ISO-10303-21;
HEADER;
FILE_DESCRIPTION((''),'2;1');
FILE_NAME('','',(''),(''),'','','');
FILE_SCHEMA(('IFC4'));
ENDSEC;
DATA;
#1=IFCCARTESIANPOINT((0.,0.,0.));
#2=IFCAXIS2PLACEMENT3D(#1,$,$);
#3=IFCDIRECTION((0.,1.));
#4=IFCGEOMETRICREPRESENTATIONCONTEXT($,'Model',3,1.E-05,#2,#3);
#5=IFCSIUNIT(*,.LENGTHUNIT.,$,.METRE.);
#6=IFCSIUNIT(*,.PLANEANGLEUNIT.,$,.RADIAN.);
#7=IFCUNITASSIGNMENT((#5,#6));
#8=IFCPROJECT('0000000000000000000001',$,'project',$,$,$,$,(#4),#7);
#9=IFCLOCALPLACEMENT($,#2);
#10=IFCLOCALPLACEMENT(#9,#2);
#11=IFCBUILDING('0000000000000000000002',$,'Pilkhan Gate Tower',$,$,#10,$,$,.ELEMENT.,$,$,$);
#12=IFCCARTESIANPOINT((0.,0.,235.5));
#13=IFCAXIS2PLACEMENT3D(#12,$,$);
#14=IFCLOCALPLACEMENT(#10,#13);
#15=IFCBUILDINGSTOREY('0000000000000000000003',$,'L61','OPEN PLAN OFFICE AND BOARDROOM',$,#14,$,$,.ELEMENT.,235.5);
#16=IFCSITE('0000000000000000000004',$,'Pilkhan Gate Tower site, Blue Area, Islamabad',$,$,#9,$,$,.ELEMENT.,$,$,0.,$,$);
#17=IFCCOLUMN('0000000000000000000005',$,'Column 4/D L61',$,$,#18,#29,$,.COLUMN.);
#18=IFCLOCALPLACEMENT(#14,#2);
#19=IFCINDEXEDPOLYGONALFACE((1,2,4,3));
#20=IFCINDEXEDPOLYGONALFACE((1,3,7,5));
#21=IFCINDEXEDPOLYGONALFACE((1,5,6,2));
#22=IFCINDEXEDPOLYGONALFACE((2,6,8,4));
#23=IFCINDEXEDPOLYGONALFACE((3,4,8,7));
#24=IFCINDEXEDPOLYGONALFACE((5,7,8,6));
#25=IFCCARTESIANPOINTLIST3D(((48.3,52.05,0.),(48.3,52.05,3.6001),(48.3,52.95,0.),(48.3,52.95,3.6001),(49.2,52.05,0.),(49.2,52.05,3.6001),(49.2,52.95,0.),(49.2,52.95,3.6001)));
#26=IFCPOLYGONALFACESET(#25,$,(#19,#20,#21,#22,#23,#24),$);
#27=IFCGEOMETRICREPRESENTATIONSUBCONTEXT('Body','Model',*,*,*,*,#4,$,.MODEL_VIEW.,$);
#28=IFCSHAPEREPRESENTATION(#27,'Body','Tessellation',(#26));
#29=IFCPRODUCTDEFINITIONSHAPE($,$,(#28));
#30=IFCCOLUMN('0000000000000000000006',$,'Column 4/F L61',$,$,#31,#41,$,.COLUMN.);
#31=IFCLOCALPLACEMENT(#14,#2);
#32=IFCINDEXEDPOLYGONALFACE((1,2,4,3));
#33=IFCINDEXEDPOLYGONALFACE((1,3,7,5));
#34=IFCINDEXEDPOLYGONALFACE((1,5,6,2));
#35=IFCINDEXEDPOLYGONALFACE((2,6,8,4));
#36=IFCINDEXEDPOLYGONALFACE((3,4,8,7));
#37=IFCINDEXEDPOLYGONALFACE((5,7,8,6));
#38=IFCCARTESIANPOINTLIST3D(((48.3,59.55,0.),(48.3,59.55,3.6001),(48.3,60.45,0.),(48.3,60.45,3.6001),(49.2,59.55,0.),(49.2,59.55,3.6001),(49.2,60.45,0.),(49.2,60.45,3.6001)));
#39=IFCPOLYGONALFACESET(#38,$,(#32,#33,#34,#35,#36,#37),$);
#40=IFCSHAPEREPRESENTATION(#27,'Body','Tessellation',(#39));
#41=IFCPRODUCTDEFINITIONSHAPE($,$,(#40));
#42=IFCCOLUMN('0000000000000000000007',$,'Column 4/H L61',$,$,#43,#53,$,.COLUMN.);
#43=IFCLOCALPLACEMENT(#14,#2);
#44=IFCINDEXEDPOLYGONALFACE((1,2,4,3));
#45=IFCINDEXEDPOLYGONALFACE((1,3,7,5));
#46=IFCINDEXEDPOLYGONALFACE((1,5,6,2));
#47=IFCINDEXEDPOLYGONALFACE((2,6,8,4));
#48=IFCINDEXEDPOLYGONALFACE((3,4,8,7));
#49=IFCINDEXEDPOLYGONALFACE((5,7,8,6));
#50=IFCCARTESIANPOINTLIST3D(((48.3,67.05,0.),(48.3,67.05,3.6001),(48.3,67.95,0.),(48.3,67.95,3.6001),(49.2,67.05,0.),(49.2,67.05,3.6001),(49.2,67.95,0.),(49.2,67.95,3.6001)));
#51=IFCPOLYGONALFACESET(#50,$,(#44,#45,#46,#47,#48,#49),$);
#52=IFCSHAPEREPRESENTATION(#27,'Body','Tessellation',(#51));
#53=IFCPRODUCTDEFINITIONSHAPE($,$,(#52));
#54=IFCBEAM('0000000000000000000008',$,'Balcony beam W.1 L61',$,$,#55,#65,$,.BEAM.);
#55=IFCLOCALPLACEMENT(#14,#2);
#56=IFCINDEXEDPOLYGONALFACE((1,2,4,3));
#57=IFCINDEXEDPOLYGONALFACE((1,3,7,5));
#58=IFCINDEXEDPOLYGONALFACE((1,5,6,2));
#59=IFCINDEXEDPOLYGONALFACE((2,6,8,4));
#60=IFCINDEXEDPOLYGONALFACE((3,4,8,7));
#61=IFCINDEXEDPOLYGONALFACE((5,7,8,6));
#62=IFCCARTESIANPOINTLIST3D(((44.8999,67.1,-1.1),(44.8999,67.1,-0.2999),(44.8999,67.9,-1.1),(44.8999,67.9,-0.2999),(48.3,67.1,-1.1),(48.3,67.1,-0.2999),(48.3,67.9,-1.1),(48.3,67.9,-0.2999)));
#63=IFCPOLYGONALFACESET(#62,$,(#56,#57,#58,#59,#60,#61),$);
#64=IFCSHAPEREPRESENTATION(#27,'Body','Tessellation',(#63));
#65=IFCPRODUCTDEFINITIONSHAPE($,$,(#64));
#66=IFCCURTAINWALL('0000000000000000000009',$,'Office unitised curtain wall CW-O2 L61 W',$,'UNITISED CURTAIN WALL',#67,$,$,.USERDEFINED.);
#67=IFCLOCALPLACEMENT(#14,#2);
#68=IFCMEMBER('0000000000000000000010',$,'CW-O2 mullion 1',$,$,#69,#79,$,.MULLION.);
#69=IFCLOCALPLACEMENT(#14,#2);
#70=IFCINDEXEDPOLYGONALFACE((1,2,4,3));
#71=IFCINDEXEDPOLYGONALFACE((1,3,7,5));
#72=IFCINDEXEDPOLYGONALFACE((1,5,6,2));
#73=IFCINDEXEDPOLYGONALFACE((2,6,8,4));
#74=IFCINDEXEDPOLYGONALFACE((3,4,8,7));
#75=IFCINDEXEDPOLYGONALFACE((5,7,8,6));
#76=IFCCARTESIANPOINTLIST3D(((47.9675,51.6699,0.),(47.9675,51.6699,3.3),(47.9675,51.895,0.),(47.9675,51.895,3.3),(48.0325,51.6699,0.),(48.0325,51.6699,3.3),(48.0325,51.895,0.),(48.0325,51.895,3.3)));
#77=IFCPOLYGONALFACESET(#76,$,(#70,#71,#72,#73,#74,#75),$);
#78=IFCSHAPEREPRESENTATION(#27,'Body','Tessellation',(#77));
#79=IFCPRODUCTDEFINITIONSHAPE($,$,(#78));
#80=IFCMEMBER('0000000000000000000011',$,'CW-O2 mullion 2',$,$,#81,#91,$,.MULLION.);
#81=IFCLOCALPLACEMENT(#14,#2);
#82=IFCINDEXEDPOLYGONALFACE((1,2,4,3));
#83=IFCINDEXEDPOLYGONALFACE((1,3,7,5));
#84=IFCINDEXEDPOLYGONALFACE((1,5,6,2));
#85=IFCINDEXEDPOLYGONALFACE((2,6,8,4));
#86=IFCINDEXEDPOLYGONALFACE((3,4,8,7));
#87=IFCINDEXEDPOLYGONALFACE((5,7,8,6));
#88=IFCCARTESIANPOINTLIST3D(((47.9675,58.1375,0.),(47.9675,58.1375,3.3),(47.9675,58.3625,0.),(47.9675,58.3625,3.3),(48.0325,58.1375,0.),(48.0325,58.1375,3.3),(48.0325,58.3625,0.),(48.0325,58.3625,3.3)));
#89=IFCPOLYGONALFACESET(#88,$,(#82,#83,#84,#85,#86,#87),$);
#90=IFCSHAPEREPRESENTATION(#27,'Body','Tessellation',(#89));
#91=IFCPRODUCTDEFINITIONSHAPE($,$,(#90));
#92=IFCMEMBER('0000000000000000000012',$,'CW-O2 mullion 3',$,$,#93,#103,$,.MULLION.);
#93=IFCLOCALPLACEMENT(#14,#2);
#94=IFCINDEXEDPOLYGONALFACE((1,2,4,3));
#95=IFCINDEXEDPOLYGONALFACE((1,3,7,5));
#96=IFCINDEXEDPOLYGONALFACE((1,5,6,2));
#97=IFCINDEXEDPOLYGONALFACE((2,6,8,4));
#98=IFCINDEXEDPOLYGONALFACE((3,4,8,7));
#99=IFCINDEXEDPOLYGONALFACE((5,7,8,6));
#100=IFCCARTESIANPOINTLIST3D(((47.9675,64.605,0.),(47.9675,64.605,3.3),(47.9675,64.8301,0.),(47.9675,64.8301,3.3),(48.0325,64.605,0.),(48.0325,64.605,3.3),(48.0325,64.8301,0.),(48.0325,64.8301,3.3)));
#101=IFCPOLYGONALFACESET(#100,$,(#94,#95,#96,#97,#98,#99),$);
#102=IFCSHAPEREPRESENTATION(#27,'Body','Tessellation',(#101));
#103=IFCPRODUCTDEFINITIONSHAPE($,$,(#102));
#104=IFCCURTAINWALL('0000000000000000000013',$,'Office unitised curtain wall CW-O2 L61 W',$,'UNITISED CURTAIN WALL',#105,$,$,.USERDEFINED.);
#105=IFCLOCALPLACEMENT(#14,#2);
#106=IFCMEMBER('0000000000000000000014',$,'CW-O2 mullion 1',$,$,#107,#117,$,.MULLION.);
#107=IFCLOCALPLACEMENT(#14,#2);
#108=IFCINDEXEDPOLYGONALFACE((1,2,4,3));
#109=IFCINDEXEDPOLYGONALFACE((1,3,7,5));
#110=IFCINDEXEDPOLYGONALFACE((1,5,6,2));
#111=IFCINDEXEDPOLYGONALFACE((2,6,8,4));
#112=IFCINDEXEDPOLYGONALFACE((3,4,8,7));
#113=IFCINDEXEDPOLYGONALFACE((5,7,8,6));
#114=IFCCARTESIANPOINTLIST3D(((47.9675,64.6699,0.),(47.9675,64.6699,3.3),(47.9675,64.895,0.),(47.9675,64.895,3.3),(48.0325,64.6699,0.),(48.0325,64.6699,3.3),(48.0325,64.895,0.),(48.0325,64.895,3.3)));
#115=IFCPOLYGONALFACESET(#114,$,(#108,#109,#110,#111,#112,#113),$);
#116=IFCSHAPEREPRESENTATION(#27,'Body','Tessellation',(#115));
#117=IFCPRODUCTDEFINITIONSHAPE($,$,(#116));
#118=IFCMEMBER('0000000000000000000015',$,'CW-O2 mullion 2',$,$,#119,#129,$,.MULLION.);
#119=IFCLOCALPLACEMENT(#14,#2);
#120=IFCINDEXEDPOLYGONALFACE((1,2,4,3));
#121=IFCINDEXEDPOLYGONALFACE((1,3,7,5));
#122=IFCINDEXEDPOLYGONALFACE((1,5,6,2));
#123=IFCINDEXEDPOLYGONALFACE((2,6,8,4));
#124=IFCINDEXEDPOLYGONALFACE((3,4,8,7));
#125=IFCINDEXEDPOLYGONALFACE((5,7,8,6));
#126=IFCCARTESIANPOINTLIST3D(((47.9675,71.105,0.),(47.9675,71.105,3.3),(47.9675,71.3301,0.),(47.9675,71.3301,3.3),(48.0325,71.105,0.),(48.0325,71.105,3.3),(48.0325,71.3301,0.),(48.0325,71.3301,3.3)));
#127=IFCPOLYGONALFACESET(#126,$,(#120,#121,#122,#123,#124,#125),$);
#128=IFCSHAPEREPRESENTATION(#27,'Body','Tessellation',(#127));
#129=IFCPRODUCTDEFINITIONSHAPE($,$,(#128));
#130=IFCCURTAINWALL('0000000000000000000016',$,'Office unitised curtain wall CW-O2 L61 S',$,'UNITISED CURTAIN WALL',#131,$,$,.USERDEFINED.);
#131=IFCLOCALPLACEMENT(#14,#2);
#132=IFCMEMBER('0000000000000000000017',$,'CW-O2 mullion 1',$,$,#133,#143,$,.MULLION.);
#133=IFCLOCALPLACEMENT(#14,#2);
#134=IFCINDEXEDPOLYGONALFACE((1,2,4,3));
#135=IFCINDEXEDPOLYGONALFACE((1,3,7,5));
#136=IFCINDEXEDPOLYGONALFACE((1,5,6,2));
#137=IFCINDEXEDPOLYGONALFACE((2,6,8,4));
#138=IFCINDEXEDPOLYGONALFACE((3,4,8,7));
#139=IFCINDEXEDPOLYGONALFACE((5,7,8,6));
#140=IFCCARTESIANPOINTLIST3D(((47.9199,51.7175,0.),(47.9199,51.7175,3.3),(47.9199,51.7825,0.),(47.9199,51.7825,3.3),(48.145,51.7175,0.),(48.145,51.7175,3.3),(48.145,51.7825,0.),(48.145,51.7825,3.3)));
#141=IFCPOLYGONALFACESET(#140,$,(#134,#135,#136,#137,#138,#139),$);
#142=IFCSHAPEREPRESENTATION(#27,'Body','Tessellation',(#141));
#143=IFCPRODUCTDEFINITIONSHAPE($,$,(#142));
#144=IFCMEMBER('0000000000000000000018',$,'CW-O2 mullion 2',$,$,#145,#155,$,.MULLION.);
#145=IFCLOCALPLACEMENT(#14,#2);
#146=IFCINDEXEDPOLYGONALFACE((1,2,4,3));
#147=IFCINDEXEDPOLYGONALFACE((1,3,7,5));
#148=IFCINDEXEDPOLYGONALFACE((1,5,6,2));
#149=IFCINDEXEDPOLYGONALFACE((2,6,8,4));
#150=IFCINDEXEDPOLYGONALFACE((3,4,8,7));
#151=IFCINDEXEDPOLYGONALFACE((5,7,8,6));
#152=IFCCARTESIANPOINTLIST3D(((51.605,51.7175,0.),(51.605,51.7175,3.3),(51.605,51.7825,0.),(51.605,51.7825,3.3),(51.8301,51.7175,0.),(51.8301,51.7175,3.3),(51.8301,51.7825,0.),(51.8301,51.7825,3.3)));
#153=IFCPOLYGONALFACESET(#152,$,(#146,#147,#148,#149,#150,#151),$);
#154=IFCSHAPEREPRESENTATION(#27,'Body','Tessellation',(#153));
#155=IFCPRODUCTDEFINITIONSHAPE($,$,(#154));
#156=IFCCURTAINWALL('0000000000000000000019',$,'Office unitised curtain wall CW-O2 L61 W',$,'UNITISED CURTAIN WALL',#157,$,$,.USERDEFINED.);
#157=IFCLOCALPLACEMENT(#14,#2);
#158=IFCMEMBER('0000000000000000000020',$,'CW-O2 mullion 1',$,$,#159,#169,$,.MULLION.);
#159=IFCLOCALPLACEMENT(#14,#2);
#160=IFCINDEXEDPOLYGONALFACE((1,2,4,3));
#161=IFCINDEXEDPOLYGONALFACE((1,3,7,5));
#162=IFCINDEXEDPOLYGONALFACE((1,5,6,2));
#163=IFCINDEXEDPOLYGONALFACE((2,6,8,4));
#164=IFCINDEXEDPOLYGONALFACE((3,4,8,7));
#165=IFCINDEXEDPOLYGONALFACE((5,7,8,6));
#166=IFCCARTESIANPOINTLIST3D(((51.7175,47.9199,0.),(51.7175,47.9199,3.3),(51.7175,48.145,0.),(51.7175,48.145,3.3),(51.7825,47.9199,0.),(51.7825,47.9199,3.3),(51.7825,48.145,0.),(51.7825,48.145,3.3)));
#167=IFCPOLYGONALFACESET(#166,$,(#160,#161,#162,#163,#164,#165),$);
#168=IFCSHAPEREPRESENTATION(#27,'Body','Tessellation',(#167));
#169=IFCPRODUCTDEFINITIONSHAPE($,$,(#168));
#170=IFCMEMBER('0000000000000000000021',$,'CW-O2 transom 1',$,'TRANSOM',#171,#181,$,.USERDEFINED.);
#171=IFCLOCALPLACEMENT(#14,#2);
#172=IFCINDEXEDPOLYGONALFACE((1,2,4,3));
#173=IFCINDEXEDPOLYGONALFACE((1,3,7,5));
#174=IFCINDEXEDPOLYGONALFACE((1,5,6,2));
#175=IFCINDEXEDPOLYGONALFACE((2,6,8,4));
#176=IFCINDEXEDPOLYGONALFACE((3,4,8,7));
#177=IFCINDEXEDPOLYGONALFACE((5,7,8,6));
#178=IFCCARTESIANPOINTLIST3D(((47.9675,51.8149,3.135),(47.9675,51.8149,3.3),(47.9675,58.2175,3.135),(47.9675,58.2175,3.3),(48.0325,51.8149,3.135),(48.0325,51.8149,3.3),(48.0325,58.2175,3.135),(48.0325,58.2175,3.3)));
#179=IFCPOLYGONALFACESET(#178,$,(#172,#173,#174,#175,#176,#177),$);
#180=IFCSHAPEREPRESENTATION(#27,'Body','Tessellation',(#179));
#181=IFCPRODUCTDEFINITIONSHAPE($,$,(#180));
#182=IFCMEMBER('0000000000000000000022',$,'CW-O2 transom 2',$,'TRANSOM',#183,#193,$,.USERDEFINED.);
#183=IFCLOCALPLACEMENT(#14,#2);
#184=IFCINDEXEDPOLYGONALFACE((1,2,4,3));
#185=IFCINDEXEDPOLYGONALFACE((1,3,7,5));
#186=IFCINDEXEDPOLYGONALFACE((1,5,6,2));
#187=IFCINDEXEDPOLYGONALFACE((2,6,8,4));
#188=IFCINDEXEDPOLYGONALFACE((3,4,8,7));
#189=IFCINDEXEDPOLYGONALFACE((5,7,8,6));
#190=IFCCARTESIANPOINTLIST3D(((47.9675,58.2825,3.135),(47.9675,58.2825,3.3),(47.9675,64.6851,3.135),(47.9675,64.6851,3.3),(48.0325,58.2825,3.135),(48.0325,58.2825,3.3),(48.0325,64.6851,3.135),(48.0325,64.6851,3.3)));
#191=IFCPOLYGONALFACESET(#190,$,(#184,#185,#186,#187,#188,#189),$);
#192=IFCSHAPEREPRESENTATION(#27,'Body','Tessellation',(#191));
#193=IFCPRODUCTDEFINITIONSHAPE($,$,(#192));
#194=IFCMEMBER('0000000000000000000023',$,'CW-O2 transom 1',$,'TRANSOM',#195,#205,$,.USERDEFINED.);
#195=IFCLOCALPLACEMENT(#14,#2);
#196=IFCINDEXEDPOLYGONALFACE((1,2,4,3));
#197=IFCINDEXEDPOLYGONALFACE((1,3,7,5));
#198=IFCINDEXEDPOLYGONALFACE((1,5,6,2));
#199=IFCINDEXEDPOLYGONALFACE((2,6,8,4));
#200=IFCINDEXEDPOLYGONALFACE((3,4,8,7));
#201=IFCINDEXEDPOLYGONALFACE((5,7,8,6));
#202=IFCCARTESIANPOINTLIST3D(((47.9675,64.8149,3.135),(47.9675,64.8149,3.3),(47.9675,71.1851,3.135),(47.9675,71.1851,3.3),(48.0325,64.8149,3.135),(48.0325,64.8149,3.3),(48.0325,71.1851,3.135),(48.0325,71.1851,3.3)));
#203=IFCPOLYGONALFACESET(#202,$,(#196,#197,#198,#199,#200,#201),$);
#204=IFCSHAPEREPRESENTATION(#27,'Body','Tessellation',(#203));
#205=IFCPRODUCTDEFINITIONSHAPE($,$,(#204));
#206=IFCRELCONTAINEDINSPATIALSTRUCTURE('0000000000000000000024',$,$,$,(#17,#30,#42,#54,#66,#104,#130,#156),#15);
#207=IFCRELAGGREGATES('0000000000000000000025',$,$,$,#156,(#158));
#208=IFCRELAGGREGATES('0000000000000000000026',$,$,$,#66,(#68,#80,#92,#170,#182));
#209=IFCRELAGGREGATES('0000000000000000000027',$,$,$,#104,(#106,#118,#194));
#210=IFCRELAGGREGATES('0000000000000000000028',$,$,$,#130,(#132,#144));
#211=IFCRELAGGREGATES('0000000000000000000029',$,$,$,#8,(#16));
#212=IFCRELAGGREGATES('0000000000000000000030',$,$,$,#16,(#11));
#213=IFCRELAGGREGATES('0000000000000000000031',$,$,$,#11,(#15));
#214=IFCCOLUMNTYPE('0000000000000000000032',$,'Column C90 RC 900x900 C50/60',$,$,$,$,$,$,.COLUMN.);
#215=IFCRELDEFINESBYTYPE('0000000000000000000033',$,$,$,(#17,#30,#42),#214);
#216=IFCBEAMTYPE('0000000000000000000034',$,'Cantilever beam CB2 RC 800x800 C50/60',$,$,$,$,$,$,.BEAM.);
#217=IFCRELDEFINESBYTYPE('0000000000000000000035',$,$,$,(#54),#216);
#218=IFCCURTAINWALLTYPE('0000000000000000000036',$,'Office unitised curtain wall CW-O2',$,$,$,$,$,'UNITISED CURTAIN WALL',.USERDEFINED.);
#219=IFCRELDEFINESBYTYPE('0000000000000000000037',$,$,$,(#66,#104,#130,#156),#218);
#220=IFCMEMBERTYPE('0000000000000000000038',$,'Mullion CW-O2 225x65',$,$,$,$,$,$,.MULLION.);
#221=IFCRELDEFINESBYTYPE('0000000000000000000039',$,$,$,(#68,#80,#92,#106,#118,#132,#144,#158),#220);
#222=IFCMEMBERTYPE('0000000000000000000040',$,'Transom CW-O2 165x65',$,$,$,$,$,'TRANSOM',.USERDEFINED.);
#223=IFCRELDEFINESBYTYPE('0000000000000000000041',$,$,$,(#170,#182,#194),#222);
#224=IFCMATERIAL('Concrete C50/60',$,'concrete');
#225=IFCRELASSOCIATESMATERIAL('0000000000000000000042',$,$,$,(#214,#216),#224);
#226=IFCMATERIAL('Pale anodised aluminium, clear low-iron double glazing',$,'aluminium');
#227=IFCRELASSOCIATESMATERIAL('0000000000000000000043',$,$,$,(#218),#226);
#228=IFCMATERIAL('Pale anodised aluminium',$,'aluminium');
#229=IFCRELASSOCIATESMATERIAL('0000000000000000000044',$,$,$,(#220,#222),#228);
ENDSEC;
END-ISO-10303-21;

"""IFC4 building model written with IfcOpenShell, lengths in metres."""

from ifc_helpers import new_model, si_unit, direction, frame, origin, origin_2d, place, context, subcontext, project, spatial, rectangle, extrude, material, material_profile, profile_set, type_object, element, aggregate, save


model = new_model("IFC4")

# Units and contexts
model_context = context("Model", 3, precision=1e-05, world=origin(), true_north=direction((0.0, 1.0)))
body_context = subcontext(model_context, "Body", "Model", "MODEL_VIEW")
ifc_project = project(units=[si_unit("LENGTHUNIT", "METRE"), si_unit("PLANEANGLEUNIT", "RADIAN")], contexts=[model_context])

# Site, building, storey
site_placement = place(None, origin())
site = spatial("IfcSite", under=ifc_project, at=site_placement, Name="Pilkhan Gate Tower site, Blue Area, Islamabad", CompositionType="ELEMENT", RefElevation=0.0)
building_placement = place(site_placement, origin())
building = spatial("IfcBuilding", under=site, at=building_placement, Name="Pilkhan Gate Tower", CompositionType="ELEMENT")
storey_placement = place(building_placement, frame((0.0, 0.0, 235.5)))
storey = spatial("IfcBuildingStorey", under=building, at=storey_placement, Name="L61", Description="OPEN PLAN OFFICE AND BOARDROOM", CompositionType="ELEMENT", Elevation=235.5)

# Columns
ifc_material_1 = material(Name="Concrete C50/60", Category="concrete")
ifc_material_profile_1 = material_profile(ifc_material_1, rectangle(XDim=0.8999, YDim=0.8999, at=origin_2d()), Name="RC 900x900")
ifc_profile_set_1 = profile_set([ifc_material_profile_1], Name="Concrete C50/60")
column_type = type_object("IfcColumnType", Name="Column C90 RC 900x900 C50/60", PredefinedType="COLUMN", material=ifc_profile_set_1)
for number, where, z_axis, x_axis, name in (
    (1, (48.75, 52.5, 0.0), (0.0, 0.0, 1.0), (1.0, 0.0, 0.0), "Column 4/D L61"),
    (2, (48.75, 60.0, 0.0), (0.0, 0.0, 1.0), (1.0, 0.0, 0.0), "Column 4/F L61"),
    (3, (48.75, 67.5, 0.0), (0.0, 0.0, 1.0), (1.0, 0.0, 0.0), "Column 4/H L61"),
):
    element("IfcColumn", number, at=place(storey_placement, frame(where, z_axis=z_axis, x_axis=x_axis)), inside=storey, type_object=column_type, Name=name, PredefinedType="COLUMN", context=body_context, shape_type="SweptSolid", body=[
        extrude(rectangle(XDim=0.8999, YDim=0.8999, at=origin_2d()), origin(), (0.0, 0.0, 1.0), 3.6001),
    ])

# Beam
ifc_material_profile_2 = material_profile(ifc_material_1, rectangle(XDim=0.8, YDim=0.8, at=origin_2d()), Name="RC 800x800")
ifc_profile_set_2 = profile_set([ifc_material_profile_2], Name="Concrete C50/60")
beam_type = type_object("IfcBeamType", Name="Cantilever beam CB2 RC 800x800 C50/60", PredefinedType="BEAM", material=ifc_profile_set_2)
beam_placement = place(storey_placement, frame((48.3, 67.5, -0.7), z_axis=(-1.0, 0.0, 0.0), x_axis=(0.0, -1.0, 0.0)))
element("IfcBeam", 4, at=beam_placement, inside=storey, type_object=beam_type, Name="Balcony beam W.1 L61", PredefinedType="BEAM", context=body_context, shape_type="SweptSolid", body=[
    extrude(rectangle(XDim=0.8, YDim=0.8, at=origin_2d()), origin(), (0.0, 0.0, 1.0), 3.4001),
])

# Curtain walls, members
ifc_material_2 = material(Name="Pale anodised aluminium, clear low-iron double glazing", Category="aluminium")
curtain_wall_type = type_object("IfcCurtainWallType", Name="Office unitised curtain wall CW-O2", ElementType="UNITISED CURTAIN WALL", PredefinedType="USERDEFINED", material=ifc_material_2)
curtain_wall_1_placement = place(storey_placement, origin())
curtain_wall_1 = element("IfcCurtainWall", 5, at=curtain_wall_1_placement, inside=storey, type_object=curtain_wall_type, Name="Office unitised curtain wall CW-O2 L61 W", ObjectType="UNITISED CURTAIN WALL", PredefinedType="USERDEFINED")
ifc_material_3 = material(Name="Pale anodised aluminium", Category="aluminium")
ifc_material_profile_3 = material_profile(ifc_material_3, rectangle(XDim=0.0649, YDim=0.2251, at=origin_2d()), Name="Mullion 225x65")
ifc_profile_set_3 = profile_set([ifc_material_profile_3], Name="Pale anodised aluminium")
member_type_1 = type_object("IfcMemberType", Name="Mullion CW-O2 225x65", PredefinedType="MULLION", material=ifc_profile_set_3)
member_1_placement = place(storey_placement, frame((48.0, 51.7825, 0.0), z_axis=(0.0, 0.0, 1.0), x_axis=(-1.0, 0.0, 0.0)))
member_1 = element("IfcMember", 6, at=member_1_placement, type_object=member_type_1, Name="CW-O2 mullion 1", PredefinedType="MULLION", context=body_context, shape_type="SweptSolid", body=[
    extrude(rectangle(XDim=0.0649, YDim=0.2251, at=origin_2d()), origin(), (0.0, 0.0, 1.0), 3.3),
])
member_2_placement = place(storey_placement, frame((48.0, 58.25, 0.0), z_axis=(0.0, 0.0, 1.0), x_axis=(-1.0, 0.0, 0.0)))
member_2 = element("IfcMember", 7, at=member_2_placement, type_object=member_type_1, Name="CW-O2 mullion 2", PredefinedType="MULLION", context=body_context, shape_type="SweptSolid", body=[
    extrude(rectangle(XDim=0.0649, YDim=0.2251, at=origin_2d()), origin(), (0.0, 0.0, 1.0), 3.3),
])
member_3_placement = place(storey_placement, frame((48.0, 64.7175, 0.0), z_axis=(0.0, 0.0, 1.0), x_axis=(-1.0, 0.0, 0.0)))
member_3 = element("IfcMember", 8, at=member_3_placement, type_object=member_type_1, Name="CW-O2 mullion 3", PredefinedType="MULLION", context=body_context, shape_type="SweptSolid", body=[
    extrude(rectangle(XDim=0.0649, YDim=0.2251, at=origin_2d()), origin(), (0.0, 0.0, 1.0), 3.3),
])
curtain_wall_2_placement = place(storey_placement, origin())
curtain_wall_2 = element("IfcCurtainWall", 9, at=curtain_wall_2_placement, inside=storey, type_object=curtain_wall_type, Name="Office unitised curtain wall CW-O2 L61 W", ObjectType="UNITISED CURTAIN WALL", PredefinedType="USERDEFINED")
member_4_placement = place(storey_placement, frame((48.0, 64.7825, 0.0), z_axis=(0.0, 0.0, 1.0), x_axis=(-1.0, 0.0, 0.0)))
member_4 = element("IfcMember", 10, at=member_4_placement, type_object=member_type_1, Name="CW-O2 mullion 1", PredefinedType="MULLION", context=body_context, shape_type="SweptSolid", body=[
    extrude(rectangle(XDim=0.0649, YDim=0.2251, at=origin_2d()), origin(), (0.0, 0.0, 1.0), 3.3),
])
member_5_placement = place(storey_placement, frame((48.0, 71.2175, 0.0), z_axis=(0.0, 0.0, 1.0), x_axis=(-1.0, 0.0, 0.0)))
member_5 = element("IfcMember", 11, at=member_5_placement, type_object=member_type_1, Name="CW-O2 mullion 2", PredefinedType="MULLION", context=body_context, shape_type="SweptSolid", body=[
    extrude(rectangle(XDim=0.0649, YDim=0.2251, at=origin_2d()), origin(), (0.0, 0.0, 1.0), 3.3),
])
curtain_wall_3_placement = place(storey_placement, origin())
curtain_wall_3 = element("IfcCurtainWall", 12, at=curtain_wall_3_placement, inside=storey, type_object=curtain_wall_type, Name="Office unitised curtain wall CW-O2 L61 S", ObjectType="UNITISED CURTAIN WALL", PredefinedType="USERDEFINED")
member_6_placement = place(storey_placement, frame((48.0325, 51.75, 0.0), z_axis=(0.0, 0.0, 1.0), x_axis=(0.0, 1.0, 0.0)))
member_6 = element("IfcMember", 13, at=member_6_placement, type_object=member_type_1, Name="CW-O2 mullion 1", PredefinedType="MULLION", context=body_context, shape_type="SweptSolid", body=[
    extrude(rectangle(XDim=0.0649, YDim=0.2251, at=origin_2d()), origin(), (0.0, 0.0, 1.0), 3.3),
])
member_7_placement = place(storey_placement, frame((51.7175, 51.75, 0.0), z_axis=(0.0, 0.0, 1.0), x_axis=(0.0, 1.0, 0.0)))
member_7 = element("IfcMember", 14, at=member_7_placement, type_object=member_type_1, Name="CW-O2 mullion 2", PredefinedType="MULLION", context=body_context, shape_type="SweptSolid", body=[
    extrude(rectangle(XDim=0.0649, YDim=0.2251, at=origin_2d()), origin(), (0.0, 0.0, 1.0), 3.3),
])

# Curtain wall, member
curtain_wall_4_placement = place(storey_placement, origin())
curtain_wall_4 = element("IfcCurtainWall", 15, at=curtain_wall_4_placement, inside=storey, type_object=curtain_wall_type, Name="Office unitised curtain wall CW-O2 L61 W", ObjectType="UNITISED CURTAIN WALL", PredefinedType="USERDEFINED")
member_8_placement = place(storey_placement, frame((51.75, 48.0325, 0.0), z_axis=(0.0, 0.0, 1.0), x_axis=(-1.0, 0.0, 0.0)))
member_8 = element("IfcMember", 16, at=member_8_placement, type_object=member_type_1, Name="CW-O2 mullion 1", PredefinedType="MULLION", context=body_context, shape_type="SweptSolid", body=[
    extrude(rectangle(XDim=0.0649, YDim=0.2251, at=origin_2d()), origin(), (0.0, 0.0, 1.0), 3.3),
])
aggregate(curtain_wall_4, [member_8])

# Members
ifc_material_profile_4 = material_profile(ifc_material_3, rectangle(XDim=0.0649, YDim=0.165, at=origin_2d()), Name="Transom 165x65")
ifc_profile_set_4 = profile_set([ifc_material_profile_4], Name="Pale anodised aluminium")
member_type_2 = type_object("IfcMemberType", Name="Transom CW-O2 165x65", ElementType="TRANSOM", PredefinedType="USERDEFINED", material=ifc_profile_set_4)
member_9_placement = place(storey_placement, frame((48.0, 51.8149, 3.2175), z_axis=(0.0, 1.0, 0.0), x_axis=(-1.0, 0.0, 0.0)))
member_9 = element("IfcMember", 17, at=member_9_placement, type_object=member_type_2, Name="CW-O2 transom 1", ObjectType="TRANSOM", PredefinedType="USERDEFINED", context=body_context, shape_type="SweptSolid", body=[
    extrude(rectangle(XDim=0.0649, YDim=0.165, at=origin_2d()), origin(), (0.0, 0.0, 1.0), 6.4026),
])
member_10_placement = place(storey_placement, frame((48.0, 58.2825, 3.2175), z_axis=(0.0, 1.0, 0.0), x_axis=(-1.0, 0.0, 0.0)))
member_10 = element("IfcMember", 18, at=member_10_placement, type_object=member_type_2, Name="CW-O2 transom 2", ObjectType="TRANSOM", PredefinedType="USERDEFINED", context=body_context, shape_type="SweptSolid", body=[
    extrude(rectangle(XDim=0.0649, YDim=0.165, at=origin_2d()), origin(), (0.0, 0.0, 1.0), 6.4026),
])
member_11_placement = place(storey_placement, frame((48.0, 64.8149, 3.2175), z_axis=(0.0, 1.0, 0.0), x_axis=(-1.0, 0.0, 0.0)))
member_11 = element("IfcMember", 19, at=member_11_placement, type_object=member_type_2, Name="CW-O2 transom 1", ObjectType="TRANSOM", PredefinedType="USERDEFINED", context=body_context, shape_type="SweptSolid", body=[
    extrude(rectangle(XDim=0.0649, YDim=0.165, at=origin_2d()), origin(), (0.0, 0.0, 1.0), 6.3701),
])

aggregate(curtain_wall_1, [member_1, member_2, member_3, member_9, member_10])
aggregate(curtain_wall_2, [member_4, member_5, member_11])
aggregate(curtain_wall_3, [member_6, member_7])

save(model, "model.ifc")
